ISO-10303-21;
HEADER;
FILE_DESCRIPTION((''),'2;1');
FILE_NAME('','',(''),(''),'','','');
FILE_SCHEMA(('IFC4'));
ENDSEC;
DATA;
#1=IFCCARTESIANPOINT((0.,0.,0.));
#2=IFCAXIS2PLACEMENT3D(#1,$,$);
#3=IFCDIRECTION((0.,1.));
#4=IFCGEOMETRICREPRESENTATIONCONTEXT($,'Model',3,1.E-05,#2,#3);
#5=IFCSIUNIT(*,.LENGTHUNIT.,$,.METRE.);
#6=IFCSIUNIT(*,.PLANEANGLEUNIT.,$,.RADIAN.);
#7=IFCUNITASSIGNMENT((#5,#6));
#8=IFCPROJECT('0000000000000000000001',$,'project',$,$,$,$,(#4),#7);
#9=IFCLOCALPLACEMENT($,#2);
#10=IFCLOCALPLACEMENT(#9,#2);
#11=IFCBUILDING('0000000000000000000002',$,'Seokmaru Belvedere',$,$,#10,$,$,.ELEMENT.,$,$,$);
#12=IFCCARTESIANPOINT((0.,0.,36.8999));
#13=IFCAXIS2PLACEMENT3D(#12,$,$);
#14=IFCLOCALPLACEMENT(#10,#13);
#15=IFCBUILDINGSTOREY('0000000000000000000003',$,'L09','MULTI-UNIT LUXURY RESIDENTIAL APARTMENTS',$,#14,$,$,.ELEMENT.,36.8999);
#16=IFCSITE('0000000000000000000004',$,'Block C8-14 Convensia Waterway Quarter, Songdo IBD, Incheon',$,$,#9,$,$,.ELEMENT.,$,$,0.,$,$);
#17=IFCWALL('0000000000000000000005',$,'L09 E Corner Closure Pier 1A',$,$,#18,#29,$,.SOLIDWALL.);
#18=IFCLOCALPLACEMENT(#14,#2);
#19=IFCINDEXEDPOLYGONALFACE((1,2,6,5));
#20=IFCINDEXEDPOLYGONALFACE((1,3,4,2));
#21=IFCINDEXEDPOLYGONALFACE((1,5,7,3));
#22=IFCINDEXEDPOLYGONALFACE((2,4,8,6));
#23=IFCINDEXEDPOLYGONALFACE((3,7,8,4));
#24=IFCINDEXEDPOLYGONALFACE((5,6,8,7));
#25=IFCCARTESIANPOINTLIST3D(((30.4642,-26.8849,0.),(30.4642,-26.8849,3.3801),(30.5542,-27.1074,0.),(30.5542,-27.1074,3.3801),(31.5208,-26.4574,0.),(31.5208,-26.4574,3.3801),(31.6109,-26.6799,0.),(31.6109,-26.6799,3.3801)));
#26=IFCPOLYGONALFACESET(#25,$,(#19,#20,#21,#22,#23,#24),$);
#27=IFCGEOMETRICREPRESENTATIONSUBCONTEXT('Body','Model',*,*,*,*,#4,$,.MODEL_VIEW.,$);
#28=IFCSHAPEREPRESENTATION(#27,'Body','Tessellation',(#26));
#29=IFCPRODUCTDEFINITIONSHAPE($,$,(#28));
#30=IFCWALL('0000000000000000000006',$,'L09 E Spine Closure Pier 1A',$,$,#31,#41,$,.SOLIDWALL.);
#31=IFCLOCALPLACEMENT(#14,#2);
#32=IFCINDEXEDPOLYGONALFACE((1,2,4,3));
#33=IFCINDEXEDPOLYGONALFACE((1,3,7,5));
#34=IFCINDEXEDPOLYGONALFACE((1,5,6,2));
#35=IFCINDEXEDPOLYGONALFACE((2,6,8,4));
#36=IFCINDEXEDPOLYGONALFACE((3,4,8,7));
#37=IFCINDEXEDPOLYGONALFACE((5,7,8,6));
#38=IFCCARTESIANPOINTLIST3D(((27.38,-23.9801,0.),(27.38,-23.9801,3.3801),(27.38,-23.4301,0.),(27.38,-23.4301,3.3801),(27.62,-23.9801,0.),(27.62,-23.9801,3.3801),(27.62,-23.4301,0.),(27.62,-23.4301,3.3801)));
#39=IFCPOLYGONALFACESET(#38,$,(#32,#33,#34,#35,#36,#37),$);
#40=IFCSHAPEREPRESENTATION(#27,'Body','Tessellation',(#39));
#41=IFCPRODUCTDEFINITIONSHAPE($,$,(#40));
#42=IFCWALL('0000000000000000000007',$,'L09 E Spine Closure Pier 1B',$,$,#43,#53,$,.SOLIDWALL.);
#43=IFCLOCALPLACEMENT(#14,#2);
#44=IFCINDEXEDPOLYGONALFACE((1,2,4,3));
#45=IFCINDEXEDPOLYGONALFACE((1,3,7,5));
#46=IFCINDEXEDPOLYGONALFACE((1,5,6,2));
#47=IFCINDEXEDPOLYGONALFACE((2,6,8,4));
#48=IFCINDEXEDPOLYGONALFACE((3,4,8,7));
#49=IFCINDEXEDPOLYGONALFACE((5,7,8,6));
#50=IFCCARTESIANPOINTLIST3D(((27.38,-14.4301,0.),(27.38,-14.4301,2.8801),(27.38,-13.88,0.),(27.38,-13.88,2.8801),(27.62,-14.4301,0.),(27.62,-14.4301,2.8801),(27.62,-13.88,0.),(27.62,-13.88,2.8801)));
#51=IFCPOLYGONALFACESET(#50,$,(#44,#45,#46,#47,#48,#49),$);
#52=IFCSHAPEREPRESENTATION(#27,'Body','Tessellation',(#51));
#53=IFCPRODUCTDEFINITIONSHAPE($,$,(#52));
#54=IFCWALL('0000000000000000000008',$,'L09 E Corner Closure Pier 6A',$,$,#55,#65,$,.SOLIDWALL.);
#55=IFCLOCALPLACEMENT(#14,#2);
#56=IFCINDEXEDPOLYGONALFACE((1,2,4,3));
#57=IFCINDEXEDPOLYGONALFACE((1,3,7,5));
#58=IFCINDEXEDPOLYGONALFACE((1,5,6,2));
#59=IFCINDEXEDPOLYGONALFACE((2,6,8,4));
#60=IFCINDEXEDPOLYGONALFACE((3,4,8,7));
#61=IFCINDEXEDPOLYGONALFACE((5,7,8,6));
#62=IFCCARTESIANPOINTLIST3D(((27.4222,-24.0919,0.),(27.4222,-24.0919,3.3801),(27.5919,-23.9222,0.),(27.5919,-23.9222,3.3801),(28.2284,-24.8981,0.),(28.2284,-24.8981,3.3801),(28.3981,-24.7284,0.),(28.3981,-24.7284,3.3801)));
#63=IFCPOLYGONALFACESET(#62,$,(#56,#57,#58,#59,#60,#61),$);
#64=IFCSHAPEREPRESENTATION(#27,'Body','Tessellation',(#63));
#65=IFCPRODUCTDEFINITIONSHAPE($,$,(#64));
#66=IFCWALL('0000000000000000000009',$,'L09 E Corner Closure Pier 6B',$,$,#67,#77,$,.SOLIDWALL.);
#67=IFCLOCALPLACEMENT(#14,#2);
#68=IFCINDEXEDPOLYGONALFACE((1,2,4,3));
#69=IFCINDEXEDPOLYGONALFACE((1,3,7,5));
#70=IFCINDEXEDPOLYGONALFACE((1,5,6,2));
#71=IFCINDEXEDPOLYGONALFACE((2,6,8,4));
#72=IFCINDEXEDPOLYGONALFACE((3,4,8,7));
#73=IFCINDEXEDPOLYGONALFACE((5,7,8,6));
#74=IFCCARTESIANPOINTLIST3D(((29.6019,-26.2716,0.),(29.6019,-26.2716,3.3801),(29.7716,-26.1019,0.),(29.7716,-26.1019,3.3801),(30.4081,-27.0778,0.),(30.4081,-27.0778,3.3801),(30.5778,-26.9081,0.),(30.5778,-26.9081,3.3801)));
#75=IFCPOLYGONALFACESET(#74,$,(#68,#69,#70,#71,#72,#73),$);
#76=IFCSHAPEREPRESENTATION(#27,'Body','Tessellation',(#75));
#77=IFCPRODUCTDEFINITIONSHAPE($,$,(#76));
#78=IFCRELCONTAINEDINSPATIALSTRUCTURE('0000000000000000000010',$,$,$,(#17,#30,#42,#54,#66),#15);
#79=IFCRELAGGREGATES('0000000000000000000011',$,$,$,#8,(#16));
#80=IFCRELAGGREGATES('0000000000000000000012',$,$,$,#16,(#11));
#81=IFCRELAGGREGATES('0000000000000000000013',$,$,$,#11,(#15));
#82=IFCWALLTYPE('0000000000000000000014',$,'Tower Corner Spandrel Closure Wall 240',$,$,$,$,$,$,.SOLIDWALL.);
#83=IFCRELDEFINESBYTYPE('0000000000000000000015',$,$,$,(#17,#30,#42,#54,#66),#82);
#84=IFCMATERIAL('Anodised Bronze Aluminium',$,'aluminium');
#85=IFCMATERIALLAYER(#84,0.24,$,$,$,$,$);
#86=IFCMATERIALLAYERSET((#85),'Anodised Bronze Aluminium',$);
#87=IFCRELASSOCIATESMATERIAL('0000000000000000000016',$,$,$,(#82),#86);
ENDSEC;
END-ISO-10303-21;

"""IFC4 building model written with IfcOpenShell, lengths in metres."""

from ifc_helpers import new_model, si_unit, direction, frame, frame_2d, origin, place, context, subcontext, project, spatial, rectangle, extrude, material, layer, layer_set, type_object, element, save


model = new_model("IFC4")

# Units and contexts
model_context = context("Model", 3, precision=1e-05, world=origin(), true_north=direction((0.0, 1.0)))
body_context = subcontext(model_context, "Body", "Model", "MODEL_VIEW")
ifc_project = project(units=[si_unit("LENGTHUNIT", "METRE"), si_unit("PLANEANGLEUNIT", "RADIAN")], contexts=[model_context])

# Site, building, storey
site_placement = place(None, origin())
site = spatial("IfcSite", under=ifc_project, at=site_placement, Name="Block C8-14 Convensia Waterway Quarter, Songdo IBD, Incheon", CompositionType="ELEMENT", RefElevation=0.0)
building_placement = place(site_placement, origin())
building = spatial("IfcBuilding", under=site, at=building_placement, Name="Seokmaru Belvedere", CompositionType="ELEMENT")
storey_placement = place(building_placement, frame((0.0, 0.0, 36.8999)))
storey = spatial("IfcBuildingStorey", under=building, at=storey_placement, Name="L09", Description="MULTI-UNIT LUXURY RESIDENTIAL APARTMENTS", CompositionType="ELEMENT", Elevation=36.8999)

# Shared definitions
ifc_material_1 = material(Name="Anodised Bronze Aluminium", Category="aluminium")

# Walls
ifc_layer_1 = layer(ifc_material_1, 0.24)
ifc_layer_set_1 = layer_set([ifc_layer_1], Name="Anodised Bronze Aluminium")
wall_type_1 = type_object("IfcWallType", Name="Tower Corner Spandrel Closure Wall 240", PredefinedType="SOLIDWALL", material=ifc_layer_set_1)
wall_1_placement = place(storey_placement, frame((30.5093, -26.9961, 0.0), z_axis=(0.0, 0.0, 1.0), x_axis=(0.927007, 0.375044, 0.0)))
element("IfcWall", 1, at=wall_1_placement, inside=storey, type_object=wall_type_1, Name="L09 E Corner Closure Pier 1A", PredefinedType="SOLIDWALL", context=body_context, shape_type="SweptSolid", body=[
    extrude(rectangle(XDim=1.1399, YDim=0.24, at=frame_2d((0.5698, 0.0))), origin(), (0.0, 0.0, 1.0), 3.3801),
])
wall_2_placement = place(storey_placement, frame((27.5, -23.98, 0.0), z_axis=(0.0, 0.0, 1.0), x_axis=(0.0, 1.0, 0.0)))
element("IfcWall", 2, at=wall_2_placement, inside=storey, type_object=wall_type_1, Name="L09 E Spine Closure Pier 1A", PredefinedType="SOLIDWALL", context=body_context, shape_type="SweptSolid", body=[
    extrude(rectangle(XDim=0.55, YDim=0.24, at=frame_2d((0.2749, 0.0))), origin(), (0.0, 0.0, 1.0), 3.3801),
])
wall_3_placement = place(storey_placement, frame((27.5, -14.4299, 0.0), z_axis=(0.0, 0.0, 1.0), x_axis=(0.0, 1.0, 0.0)))
element("IfcWall", 3, at=wall_3_placement, inside=storey, type_object=wall_type_1, Name="L09 E Spine Closure Pier 1B", PredefinedType="SOLIDWALL", context=body_context, shape_type="SweptSolid", body=[
    extrude(rectangle(XDim=0.55, YDim=0.24, at=frame_2d((0.2749, 0.0))), origin(), (0.0, 0.0, 1.0), 2.8801),
])
for number, where, z_axis, x_axis, name in (
    (4, (27.5071, -24.0071, 0.0), (0.0, 0.0, 1.0), (0.707107, -0.707107, 0.0), "L09 E Corner Closure Pier 6A"),
    (5, (29.6868, -26.1868, 0.0), (0.0, 0.0, 1.0), (0.707107, -0.707107, 0.0), "L09 E Corner Closure Pier 6B"),
):
    element("IfcWall", number, at=place(storey_placement, frame(where, z_axis=z_axis, x_axis=x_axis)), inside=storey, type_object=wall_type_1, Name=name, PredefinedType="SOLIDWALL", context=body_context, shape_type="SweptSolid", body=[
        extrude(rectangle(XDim=1.1401, YDim=0.24, at=frame_2d((0.5701, 0.0))), origin(), (0.0, 0.0, 1.0), 3.3801),
    ])

save(model, "model.ifc")
